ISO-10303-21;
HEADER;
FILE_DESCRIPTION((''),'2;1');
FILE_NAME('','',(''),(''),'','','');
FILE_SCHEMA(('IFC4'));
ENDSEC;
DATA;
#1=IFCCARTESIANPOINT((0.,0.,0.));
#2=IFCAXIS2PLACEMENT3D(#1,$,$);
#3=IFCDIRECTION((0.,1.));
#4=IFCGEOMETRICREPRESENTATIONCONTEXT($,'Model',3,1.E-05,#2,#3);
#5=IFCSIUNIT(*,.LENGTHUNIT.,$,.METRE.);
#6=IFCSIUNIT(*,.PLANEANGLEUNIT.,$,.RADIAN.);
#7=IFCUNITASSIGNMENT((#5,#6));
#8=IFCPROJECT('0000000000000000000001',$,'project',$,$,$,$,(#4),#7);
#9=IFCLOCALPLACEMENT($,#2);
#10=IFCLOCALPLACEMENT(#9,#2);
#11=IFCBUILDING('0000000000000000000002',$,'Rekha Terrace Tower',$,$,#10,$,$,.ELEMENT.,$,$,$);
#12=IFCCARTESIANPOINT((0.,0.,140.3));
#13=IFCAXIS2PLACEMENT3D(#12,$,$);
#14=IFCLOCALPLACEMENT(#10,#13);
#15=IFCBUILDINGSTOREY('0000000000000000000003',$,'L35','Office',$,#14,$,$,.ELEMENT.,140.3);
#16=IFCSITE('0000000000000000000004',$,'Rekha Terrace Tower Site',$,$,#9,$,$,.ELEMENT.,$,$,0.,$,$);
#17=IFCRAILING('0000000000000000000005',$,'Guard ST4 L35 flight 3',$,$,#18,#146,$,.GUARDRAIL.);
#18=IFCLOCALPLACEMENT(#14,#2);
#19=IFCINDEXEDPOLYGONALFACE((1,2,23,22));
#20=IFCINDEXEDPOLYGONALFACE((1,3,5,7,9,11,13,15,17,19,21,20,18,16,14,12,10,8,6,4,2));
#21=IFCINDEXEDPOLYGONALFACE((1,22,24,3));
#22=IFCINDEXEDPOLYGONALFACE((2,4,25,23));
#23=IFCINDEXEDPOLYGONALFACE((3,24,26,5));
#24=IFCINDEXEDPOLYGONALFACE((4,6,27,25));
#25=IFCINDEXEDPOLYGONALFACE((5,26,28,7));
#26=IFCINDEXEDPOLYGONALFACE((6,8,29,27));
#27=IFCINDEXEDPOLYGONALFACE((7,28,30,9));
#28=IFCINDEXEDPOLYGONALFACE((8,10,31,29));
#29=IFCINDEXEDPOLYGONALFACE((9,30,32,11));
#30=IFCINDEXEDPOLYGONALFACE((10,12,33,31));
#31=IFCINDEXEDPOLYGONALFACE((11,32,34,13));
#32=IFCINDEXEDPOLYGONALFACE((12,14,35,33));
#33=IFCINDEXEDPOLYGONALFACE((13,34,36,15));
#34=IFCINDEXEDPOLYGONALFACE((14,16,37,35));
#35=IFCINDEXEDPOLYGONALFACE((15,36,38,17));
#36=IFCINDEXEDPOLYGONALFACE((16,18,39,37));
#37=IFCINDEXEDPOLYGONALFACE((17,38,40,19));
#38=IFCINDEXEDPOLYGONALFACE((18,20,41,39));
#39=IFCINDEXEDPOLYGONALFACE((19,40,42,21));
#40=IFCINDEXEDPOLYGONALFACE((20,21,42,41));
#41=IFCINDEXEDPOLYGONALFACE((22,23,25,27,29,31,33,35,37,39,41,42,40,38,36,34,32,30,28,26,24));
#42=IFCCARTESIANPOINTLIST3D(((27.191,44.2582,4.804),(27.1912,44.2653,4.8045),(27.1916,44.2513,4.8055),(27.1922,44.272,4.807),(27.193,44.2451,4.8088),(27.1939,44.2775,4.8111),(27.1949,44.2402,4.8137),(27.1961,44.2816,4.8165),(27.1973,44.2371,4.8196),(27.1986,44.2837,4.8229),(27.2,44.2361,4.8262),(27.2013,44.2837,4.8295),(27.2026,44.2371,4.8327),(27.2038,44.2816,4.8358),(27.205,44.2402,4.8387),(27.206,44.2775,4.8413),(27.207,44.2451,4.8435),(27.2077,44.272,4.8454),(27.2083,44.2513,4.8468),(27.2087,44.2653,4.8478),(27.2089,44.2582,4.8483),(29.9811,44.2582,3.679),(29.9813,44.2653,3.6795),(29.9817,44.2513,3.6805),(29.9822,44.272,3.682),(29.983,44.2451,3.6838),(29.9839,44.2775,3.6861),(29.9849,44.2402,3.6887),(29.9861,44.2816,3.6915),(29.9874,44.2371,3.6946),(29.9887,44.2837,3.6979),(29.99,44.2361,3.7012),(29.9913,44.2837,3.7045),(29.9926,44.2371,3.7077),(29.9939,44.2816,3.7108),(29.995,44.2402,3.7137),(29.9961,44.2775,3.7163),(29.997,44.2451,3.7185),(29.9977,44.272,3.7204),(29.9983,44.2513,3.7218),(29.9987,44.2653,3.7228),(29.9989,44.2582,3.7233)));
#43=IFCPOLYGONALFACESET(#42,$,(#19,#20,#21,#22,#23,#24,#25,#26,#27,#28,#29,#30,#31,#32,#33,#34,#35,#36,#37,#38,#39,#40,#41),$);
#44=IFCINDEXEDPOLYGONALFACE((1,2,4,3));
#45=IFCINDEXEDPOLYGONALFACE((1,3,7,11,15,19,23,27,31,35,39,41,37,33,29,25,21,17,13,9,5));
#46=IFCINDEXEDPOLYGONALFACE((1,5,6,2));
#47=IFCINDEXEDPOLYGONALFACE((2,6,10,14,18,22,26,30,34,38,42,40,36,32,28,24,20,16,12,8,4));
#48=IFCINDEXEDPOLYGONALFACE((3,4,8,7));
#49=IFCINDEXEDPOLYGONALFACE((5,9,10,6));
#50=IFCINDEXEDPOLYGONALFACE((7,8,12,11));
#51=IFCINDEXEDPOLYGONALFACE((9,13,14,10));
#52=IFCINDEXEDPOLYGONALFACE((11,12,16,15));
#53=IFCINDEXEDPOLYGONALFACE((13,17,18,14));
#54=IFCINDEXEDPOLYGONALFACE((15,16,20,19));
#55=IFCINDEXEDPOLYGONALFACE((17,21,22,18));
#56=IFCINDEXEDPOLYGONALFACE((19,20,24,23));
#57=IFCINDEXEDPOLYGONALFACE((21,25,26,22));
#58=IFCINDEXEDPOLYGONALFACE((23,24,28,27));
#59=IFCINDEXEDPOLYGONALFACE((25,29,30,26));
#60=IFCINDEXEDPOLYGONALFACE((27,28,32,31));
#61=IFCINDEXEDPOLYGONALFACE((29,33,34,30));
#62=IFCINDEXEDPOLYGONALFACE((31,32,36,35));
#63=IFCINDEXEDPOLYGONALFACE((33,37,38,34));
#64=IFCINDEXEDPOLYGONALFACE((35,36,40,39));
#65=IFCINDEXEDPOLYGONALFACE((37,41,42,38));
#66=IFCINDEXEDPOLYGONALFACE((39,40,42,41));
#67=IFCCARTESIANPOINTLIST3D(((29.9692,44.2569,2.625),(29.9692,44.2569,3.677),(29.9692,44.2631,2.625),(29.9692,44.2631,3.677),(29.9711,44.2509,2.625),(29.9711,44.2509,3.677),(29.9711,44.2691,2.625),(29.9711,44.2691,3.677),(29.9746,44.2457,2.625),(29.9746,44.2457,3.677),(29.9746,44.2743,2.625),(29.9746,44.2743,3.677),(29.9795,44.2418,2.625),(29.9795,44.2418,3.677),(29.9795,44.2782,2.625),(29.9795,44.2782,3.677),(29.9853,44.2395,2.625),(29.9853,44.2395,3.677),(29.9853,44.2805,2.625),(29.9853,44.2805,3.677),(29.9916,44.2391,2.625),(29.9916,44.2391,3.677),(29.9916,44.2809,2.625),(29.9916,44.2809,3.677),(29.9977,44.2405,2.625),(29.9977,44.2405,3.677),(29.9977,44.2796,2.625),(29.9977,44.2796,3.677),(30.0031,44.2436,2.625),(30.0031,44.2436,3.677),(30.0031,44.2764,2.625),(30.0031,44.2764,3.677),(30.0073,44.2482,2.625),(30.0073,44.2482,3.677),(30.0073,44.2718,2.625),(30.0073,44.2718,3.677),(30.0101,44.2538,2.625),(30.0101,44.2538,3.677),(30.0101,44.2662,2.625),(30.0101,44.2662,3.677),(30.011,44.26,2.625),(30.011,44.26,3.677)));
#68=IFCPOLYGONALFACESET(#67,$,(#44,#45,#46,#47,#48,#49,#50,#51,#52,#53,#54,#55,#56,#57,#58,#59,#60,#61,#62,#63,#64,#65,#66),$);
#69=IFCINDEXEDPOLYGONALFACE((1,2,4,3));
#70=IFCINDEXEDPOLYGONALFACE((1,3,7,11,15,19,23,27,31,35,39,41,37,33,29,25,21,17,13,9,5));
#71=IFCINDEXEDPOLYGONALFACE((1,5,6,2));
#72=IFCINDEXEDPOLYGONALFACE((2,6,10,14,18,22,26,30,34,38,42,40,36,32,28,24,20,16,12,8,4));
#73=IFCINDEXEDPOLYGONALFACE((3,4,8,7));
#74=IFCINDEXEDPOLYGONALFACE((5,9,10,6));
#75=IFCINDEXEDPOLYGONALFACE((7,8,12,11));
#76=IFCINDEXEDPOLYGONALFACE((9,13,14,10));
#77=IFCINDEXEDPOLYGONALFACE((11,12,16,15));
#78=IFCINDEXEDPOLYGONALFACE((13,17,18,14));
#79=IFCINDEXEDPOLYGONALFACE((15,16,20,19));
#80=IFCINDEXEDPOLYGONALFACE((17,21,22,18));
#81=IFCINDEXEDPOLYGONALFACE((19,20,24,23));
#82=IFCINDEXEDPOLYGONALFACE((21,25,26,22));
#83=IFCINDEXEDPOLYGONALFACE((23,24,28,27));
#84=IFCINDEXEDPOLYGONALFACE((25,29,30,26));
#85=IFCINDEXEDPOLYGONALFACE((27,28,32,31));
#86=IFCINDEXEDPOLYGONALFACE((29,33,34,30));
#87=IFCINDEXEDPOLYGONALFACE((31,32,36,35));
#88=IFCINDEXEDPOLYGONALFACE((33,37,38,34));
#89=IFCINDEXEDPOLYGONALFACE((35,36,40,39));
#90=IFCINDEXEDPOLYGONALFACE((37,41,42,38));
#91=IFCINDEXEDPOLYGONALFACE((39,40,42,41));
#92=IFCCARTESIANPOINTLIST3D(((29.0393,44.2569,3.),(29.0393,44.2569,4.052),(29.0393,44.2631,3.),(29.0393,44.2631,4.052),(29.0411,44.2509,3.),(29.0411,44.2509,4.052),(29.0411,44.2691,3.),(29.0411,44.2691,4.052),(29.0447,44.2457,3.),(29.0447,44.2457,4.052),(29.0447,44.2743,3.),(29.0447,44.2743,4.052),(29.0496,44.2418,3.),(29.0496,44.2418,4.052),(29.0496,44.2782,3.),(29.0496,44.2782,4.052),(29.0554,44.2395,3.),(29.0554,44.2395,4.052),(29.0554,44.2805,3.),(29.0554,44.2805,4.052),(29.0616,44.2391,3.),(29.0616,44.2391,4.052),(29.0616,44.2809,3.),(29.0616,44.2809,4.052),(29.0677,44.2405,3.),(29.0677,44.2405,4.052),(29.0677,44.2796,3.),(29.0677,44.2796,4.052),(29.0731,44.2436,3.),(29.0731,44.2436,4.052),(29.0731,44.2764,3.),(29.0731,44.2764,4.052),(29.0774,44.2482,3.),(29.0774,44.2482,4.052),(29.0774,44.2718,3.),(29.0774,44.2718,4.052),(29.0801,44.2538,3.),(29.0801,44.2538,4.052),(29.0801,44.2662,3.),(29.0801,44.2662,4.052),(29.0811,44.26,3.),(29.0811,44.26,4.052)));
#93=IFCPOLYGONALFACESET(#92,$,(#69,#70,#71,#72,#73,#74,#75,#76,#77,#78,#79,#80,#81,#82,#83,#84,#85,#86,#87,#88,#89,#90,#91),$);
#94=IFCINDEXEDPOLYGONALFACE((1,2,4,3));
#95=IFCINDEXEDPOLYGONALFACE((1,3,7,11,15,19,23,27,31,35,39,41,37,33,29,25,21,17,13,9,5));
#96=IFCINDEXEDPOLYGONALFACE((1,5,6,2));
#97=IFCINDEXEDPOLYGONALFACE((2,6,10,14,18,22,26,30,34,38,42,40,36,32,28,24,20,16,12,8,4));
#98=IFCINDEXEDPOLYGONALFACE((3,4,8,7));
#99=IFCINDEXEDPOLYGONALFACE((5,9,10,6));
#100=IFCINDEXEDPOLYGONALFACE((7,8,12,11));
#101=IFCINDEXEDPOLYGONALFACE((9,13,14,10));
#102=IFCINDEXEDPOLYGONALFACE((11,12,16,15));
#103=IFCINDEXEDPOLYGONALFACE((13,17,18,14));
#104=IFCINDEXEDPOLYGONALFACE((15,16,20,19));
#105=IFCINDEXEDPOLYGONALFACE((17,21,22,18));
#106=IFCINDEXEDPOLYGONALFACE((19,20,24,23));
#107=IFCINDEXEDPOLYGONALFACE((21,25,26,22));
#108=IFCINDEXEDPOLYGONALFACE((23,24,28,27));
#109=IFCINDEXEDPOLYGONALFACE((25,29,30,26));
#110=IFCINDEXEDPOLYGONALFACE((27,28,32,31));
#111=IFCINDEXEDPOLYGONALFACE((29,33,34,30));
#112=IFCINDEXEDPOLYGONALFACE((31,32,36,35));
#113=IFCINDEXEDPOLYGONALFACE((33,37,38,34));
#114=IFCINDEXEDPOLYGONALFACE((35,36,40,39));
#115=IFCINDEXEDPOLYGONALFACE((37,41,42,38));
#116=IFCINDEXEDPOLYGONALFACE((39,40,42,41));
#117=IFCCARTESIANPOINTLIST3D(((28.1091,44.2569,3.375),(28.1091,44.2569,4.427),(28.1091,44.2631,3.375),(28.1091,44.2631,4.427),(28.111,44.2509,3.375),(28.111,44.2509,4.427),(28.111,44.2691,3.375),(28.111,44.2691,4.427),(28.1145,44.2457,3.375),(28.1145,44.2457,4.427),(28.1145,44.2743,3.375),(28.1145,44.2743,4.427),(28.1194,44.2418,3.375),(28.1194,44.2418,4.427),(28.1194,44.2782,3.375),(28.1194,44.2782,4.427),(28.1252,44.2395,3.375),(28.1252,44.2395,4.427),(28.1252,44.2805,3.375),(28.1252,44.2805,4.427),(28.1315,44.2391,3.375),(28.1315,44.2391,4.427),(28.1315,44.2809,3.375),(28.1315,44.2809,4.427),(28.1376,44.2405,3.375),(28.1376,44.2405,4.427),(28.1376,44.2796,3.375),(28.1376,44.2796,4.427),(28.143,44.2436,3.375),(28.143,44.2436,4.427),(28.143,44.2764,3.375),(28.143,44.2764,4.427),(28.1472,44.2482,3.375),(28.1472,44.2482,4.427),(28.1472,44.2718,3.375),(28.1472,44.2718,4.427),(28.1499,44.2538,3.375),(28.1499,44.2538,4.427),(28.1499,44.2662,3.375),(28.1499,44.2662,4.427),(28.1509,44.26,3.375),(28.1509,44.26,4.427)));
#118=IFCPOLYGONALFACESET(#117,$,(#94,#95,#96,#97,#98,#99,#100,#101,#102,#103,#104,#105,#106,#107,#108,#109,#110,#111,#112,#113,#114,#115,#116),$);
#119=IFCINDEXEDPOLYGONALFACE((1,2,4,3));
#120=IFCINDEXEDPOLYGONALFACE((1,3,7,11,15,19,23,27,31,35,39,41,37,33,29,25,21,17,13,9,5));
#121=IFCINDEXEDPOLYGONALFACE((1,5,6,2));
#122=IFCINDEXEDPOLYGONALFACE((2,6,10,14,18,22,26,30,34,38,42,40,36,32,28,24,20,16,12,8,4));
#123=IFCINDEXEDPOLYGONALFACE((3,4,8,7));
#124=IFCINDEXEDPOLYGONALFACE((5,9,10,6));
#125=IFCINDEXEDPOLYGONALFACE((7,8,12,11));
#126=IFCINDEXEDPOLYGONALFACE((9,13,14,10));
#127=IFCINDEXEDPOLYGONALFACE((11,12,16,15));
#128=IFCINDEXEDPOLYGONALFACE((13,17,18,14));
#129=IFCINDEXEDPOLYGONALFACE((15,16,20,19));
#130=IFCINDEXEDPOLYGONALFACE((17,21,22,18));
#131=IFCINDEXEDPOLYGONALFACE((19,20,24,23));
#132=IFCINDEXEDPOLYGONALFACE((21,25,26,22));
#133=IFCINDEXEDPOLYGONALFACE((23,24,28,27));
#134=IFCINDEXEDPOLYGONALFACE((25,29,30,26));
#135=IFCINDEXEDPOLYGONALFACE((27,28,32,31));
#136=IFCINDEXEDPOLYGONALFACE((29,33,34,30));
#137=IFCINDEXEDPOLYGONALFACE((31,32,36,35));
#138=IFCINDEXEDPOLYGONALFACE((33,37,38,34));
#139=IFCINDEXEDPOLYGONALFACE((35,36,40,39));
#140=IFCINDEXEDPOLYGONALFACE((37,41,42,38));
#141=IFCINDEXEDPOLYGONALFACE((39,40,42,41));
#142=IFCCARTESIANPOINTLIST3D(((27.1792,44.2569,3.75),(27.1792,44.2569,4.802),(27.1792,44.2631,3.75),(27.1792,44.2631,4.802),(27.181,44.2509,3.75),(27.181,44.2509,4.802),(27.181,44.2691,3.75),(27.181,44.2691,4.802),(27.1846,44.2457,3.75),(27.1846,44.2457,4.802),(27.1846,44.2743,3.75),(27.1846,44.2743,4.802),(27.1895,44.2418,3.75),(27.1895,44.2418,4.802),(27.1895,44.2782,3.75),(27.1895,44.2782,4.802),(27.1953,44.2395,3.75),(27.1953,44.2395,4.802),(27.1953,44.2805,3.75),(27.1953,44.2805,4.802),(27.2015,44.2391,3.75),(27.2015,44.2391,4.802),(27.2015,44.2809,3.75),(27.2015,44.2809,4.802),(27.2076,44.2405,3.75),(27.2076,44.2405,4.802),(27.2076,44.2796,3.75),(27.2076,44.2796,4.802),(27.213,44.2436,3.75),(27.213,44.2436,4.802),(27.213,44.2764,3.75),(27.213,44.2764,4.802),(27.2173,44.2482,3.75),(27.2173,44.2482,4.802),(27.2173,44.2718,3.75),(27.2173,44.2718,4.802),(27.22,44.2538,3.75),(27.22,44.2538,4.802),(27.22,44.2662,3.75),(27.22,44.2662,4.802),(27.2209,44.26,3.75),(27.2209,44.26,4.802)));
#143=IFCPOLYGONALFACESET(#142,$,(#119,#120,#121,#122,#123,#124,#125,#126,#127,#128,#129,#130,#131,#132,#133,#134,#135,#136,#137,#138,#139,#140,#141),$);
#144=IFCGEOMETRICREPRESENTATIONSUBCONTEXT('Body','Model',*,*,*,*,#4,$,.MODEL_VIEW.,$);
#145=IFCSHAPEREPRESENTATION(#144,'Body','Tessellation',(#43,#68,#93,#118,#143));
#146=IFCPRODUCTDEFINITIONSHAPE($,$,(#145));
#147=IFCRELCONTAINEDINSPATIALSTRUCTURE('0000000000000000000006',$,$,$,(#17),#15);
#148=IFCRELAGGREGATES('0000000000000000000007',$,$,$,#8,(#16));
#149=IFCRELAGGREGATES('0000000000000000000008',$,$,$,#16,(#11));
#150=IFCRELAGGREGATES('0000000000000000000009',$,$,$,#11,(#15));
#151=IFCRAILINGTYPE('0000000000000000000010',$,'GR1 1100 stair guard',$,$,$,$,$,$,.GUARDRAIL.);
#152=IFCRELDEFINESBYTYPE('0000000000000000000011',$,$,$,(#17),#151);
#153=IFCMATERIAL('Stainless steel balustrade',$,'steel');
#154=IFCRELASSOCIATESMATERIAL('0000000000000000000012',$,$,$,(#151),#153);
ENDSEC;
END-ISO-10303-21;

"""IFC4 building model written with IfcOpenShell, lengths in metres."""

from ifc_helpers import new_model, si_unit, direction, frame, origin, origin_2d, place, context, subcontext, project, spatial, circle, extrude, material, type_object, element, save


model = new_model("IFC4")

# Units and contexts
model_context = context("Model", 3, precision=1e-05, world=origin(), true_north=direction((0.0, 1.0)))
body_context = subcontext(model_context, "Body", "Model", "MODEL_VIEW")
ifc_project = project(units=[si_unit("LENGTHUNIT", "METRE"), si_unit("PLANEANGLEUNIT", "RADIAN")], contexts=[model_context])

# Site, building, storey
site_placement = place(None, origin())
site = spatial("IfcSite", under=ifc_project, at=site_placement, Name="Rekha Terrace Tower Site", CompositionType="ELEMENT", RefElevation=0.0)
building_placement = place(site_placement, origin())
building = spatial("IfcBuilding", under=site, at=building_placement, Name="Rekha Terrace Tower", CompositionType="ELEMENT")
storey_placement = place(building_placement, frame((0.0, 0.0, 140.3)))
storey = spatial("IfcBuildingStorey", under=building, at=storey_placement, Name="L35", Description="Office", CompositionType="ELEMENT", Elevation=140.3)

# Railing
ifc_material_1 = material(Name="Stainless steel balustrade", Category="steel")
railing_type_1 = type_object("IfcRailingType", Name="GR1 1100 stair guard", PredefinedType="GUARDRAIL", material=ifc_material_1)
railing_1_placement = place(storey_placement, frame((29.99, 44.26, 2.625)))
element("IfcRailing", 1, at=railing_1_placement, inside=storey, type_object=railing_type_1, Name="Guard ST4 L35 flight 3", PredefinedType="GUARDRAIL", context=body_context, shape_type="SweptSolid", body=[
    extrude(circle(Radius=0.0239, at=origin_2d()), frame((0.0, 0.0, 1.0762), z_axis=(-0.927443, 0.0, 0.373964), x_axis=(0.0, -1.0, 0.0)), (0.0, 0.0, 1.0), 3.0083),
    extrude(circle(Radius=0.021, at=origin_2d()), origin(), (0.0, 0.0, 1.0), 1.052),
    extrude(circle(Radius=0.021, at=origin_2d()), frame((-0.9299, 0.0, 0.375)), (0.0, 0.0, 1.0), 1.052),
    extrude(circle(Radius=0.021, at=origin_2d()), frame((-1.8601, 0.0, 0.75)), (0.0, 0.0, 1.0), 1.052),
    extrude(circle(Radius=0.021, at=origin_2d()), frame((-2.79, 0.0, 1.125)), (0.0, 0.0, 1.0), 1.052),
])

save(model, "model.ifc")
